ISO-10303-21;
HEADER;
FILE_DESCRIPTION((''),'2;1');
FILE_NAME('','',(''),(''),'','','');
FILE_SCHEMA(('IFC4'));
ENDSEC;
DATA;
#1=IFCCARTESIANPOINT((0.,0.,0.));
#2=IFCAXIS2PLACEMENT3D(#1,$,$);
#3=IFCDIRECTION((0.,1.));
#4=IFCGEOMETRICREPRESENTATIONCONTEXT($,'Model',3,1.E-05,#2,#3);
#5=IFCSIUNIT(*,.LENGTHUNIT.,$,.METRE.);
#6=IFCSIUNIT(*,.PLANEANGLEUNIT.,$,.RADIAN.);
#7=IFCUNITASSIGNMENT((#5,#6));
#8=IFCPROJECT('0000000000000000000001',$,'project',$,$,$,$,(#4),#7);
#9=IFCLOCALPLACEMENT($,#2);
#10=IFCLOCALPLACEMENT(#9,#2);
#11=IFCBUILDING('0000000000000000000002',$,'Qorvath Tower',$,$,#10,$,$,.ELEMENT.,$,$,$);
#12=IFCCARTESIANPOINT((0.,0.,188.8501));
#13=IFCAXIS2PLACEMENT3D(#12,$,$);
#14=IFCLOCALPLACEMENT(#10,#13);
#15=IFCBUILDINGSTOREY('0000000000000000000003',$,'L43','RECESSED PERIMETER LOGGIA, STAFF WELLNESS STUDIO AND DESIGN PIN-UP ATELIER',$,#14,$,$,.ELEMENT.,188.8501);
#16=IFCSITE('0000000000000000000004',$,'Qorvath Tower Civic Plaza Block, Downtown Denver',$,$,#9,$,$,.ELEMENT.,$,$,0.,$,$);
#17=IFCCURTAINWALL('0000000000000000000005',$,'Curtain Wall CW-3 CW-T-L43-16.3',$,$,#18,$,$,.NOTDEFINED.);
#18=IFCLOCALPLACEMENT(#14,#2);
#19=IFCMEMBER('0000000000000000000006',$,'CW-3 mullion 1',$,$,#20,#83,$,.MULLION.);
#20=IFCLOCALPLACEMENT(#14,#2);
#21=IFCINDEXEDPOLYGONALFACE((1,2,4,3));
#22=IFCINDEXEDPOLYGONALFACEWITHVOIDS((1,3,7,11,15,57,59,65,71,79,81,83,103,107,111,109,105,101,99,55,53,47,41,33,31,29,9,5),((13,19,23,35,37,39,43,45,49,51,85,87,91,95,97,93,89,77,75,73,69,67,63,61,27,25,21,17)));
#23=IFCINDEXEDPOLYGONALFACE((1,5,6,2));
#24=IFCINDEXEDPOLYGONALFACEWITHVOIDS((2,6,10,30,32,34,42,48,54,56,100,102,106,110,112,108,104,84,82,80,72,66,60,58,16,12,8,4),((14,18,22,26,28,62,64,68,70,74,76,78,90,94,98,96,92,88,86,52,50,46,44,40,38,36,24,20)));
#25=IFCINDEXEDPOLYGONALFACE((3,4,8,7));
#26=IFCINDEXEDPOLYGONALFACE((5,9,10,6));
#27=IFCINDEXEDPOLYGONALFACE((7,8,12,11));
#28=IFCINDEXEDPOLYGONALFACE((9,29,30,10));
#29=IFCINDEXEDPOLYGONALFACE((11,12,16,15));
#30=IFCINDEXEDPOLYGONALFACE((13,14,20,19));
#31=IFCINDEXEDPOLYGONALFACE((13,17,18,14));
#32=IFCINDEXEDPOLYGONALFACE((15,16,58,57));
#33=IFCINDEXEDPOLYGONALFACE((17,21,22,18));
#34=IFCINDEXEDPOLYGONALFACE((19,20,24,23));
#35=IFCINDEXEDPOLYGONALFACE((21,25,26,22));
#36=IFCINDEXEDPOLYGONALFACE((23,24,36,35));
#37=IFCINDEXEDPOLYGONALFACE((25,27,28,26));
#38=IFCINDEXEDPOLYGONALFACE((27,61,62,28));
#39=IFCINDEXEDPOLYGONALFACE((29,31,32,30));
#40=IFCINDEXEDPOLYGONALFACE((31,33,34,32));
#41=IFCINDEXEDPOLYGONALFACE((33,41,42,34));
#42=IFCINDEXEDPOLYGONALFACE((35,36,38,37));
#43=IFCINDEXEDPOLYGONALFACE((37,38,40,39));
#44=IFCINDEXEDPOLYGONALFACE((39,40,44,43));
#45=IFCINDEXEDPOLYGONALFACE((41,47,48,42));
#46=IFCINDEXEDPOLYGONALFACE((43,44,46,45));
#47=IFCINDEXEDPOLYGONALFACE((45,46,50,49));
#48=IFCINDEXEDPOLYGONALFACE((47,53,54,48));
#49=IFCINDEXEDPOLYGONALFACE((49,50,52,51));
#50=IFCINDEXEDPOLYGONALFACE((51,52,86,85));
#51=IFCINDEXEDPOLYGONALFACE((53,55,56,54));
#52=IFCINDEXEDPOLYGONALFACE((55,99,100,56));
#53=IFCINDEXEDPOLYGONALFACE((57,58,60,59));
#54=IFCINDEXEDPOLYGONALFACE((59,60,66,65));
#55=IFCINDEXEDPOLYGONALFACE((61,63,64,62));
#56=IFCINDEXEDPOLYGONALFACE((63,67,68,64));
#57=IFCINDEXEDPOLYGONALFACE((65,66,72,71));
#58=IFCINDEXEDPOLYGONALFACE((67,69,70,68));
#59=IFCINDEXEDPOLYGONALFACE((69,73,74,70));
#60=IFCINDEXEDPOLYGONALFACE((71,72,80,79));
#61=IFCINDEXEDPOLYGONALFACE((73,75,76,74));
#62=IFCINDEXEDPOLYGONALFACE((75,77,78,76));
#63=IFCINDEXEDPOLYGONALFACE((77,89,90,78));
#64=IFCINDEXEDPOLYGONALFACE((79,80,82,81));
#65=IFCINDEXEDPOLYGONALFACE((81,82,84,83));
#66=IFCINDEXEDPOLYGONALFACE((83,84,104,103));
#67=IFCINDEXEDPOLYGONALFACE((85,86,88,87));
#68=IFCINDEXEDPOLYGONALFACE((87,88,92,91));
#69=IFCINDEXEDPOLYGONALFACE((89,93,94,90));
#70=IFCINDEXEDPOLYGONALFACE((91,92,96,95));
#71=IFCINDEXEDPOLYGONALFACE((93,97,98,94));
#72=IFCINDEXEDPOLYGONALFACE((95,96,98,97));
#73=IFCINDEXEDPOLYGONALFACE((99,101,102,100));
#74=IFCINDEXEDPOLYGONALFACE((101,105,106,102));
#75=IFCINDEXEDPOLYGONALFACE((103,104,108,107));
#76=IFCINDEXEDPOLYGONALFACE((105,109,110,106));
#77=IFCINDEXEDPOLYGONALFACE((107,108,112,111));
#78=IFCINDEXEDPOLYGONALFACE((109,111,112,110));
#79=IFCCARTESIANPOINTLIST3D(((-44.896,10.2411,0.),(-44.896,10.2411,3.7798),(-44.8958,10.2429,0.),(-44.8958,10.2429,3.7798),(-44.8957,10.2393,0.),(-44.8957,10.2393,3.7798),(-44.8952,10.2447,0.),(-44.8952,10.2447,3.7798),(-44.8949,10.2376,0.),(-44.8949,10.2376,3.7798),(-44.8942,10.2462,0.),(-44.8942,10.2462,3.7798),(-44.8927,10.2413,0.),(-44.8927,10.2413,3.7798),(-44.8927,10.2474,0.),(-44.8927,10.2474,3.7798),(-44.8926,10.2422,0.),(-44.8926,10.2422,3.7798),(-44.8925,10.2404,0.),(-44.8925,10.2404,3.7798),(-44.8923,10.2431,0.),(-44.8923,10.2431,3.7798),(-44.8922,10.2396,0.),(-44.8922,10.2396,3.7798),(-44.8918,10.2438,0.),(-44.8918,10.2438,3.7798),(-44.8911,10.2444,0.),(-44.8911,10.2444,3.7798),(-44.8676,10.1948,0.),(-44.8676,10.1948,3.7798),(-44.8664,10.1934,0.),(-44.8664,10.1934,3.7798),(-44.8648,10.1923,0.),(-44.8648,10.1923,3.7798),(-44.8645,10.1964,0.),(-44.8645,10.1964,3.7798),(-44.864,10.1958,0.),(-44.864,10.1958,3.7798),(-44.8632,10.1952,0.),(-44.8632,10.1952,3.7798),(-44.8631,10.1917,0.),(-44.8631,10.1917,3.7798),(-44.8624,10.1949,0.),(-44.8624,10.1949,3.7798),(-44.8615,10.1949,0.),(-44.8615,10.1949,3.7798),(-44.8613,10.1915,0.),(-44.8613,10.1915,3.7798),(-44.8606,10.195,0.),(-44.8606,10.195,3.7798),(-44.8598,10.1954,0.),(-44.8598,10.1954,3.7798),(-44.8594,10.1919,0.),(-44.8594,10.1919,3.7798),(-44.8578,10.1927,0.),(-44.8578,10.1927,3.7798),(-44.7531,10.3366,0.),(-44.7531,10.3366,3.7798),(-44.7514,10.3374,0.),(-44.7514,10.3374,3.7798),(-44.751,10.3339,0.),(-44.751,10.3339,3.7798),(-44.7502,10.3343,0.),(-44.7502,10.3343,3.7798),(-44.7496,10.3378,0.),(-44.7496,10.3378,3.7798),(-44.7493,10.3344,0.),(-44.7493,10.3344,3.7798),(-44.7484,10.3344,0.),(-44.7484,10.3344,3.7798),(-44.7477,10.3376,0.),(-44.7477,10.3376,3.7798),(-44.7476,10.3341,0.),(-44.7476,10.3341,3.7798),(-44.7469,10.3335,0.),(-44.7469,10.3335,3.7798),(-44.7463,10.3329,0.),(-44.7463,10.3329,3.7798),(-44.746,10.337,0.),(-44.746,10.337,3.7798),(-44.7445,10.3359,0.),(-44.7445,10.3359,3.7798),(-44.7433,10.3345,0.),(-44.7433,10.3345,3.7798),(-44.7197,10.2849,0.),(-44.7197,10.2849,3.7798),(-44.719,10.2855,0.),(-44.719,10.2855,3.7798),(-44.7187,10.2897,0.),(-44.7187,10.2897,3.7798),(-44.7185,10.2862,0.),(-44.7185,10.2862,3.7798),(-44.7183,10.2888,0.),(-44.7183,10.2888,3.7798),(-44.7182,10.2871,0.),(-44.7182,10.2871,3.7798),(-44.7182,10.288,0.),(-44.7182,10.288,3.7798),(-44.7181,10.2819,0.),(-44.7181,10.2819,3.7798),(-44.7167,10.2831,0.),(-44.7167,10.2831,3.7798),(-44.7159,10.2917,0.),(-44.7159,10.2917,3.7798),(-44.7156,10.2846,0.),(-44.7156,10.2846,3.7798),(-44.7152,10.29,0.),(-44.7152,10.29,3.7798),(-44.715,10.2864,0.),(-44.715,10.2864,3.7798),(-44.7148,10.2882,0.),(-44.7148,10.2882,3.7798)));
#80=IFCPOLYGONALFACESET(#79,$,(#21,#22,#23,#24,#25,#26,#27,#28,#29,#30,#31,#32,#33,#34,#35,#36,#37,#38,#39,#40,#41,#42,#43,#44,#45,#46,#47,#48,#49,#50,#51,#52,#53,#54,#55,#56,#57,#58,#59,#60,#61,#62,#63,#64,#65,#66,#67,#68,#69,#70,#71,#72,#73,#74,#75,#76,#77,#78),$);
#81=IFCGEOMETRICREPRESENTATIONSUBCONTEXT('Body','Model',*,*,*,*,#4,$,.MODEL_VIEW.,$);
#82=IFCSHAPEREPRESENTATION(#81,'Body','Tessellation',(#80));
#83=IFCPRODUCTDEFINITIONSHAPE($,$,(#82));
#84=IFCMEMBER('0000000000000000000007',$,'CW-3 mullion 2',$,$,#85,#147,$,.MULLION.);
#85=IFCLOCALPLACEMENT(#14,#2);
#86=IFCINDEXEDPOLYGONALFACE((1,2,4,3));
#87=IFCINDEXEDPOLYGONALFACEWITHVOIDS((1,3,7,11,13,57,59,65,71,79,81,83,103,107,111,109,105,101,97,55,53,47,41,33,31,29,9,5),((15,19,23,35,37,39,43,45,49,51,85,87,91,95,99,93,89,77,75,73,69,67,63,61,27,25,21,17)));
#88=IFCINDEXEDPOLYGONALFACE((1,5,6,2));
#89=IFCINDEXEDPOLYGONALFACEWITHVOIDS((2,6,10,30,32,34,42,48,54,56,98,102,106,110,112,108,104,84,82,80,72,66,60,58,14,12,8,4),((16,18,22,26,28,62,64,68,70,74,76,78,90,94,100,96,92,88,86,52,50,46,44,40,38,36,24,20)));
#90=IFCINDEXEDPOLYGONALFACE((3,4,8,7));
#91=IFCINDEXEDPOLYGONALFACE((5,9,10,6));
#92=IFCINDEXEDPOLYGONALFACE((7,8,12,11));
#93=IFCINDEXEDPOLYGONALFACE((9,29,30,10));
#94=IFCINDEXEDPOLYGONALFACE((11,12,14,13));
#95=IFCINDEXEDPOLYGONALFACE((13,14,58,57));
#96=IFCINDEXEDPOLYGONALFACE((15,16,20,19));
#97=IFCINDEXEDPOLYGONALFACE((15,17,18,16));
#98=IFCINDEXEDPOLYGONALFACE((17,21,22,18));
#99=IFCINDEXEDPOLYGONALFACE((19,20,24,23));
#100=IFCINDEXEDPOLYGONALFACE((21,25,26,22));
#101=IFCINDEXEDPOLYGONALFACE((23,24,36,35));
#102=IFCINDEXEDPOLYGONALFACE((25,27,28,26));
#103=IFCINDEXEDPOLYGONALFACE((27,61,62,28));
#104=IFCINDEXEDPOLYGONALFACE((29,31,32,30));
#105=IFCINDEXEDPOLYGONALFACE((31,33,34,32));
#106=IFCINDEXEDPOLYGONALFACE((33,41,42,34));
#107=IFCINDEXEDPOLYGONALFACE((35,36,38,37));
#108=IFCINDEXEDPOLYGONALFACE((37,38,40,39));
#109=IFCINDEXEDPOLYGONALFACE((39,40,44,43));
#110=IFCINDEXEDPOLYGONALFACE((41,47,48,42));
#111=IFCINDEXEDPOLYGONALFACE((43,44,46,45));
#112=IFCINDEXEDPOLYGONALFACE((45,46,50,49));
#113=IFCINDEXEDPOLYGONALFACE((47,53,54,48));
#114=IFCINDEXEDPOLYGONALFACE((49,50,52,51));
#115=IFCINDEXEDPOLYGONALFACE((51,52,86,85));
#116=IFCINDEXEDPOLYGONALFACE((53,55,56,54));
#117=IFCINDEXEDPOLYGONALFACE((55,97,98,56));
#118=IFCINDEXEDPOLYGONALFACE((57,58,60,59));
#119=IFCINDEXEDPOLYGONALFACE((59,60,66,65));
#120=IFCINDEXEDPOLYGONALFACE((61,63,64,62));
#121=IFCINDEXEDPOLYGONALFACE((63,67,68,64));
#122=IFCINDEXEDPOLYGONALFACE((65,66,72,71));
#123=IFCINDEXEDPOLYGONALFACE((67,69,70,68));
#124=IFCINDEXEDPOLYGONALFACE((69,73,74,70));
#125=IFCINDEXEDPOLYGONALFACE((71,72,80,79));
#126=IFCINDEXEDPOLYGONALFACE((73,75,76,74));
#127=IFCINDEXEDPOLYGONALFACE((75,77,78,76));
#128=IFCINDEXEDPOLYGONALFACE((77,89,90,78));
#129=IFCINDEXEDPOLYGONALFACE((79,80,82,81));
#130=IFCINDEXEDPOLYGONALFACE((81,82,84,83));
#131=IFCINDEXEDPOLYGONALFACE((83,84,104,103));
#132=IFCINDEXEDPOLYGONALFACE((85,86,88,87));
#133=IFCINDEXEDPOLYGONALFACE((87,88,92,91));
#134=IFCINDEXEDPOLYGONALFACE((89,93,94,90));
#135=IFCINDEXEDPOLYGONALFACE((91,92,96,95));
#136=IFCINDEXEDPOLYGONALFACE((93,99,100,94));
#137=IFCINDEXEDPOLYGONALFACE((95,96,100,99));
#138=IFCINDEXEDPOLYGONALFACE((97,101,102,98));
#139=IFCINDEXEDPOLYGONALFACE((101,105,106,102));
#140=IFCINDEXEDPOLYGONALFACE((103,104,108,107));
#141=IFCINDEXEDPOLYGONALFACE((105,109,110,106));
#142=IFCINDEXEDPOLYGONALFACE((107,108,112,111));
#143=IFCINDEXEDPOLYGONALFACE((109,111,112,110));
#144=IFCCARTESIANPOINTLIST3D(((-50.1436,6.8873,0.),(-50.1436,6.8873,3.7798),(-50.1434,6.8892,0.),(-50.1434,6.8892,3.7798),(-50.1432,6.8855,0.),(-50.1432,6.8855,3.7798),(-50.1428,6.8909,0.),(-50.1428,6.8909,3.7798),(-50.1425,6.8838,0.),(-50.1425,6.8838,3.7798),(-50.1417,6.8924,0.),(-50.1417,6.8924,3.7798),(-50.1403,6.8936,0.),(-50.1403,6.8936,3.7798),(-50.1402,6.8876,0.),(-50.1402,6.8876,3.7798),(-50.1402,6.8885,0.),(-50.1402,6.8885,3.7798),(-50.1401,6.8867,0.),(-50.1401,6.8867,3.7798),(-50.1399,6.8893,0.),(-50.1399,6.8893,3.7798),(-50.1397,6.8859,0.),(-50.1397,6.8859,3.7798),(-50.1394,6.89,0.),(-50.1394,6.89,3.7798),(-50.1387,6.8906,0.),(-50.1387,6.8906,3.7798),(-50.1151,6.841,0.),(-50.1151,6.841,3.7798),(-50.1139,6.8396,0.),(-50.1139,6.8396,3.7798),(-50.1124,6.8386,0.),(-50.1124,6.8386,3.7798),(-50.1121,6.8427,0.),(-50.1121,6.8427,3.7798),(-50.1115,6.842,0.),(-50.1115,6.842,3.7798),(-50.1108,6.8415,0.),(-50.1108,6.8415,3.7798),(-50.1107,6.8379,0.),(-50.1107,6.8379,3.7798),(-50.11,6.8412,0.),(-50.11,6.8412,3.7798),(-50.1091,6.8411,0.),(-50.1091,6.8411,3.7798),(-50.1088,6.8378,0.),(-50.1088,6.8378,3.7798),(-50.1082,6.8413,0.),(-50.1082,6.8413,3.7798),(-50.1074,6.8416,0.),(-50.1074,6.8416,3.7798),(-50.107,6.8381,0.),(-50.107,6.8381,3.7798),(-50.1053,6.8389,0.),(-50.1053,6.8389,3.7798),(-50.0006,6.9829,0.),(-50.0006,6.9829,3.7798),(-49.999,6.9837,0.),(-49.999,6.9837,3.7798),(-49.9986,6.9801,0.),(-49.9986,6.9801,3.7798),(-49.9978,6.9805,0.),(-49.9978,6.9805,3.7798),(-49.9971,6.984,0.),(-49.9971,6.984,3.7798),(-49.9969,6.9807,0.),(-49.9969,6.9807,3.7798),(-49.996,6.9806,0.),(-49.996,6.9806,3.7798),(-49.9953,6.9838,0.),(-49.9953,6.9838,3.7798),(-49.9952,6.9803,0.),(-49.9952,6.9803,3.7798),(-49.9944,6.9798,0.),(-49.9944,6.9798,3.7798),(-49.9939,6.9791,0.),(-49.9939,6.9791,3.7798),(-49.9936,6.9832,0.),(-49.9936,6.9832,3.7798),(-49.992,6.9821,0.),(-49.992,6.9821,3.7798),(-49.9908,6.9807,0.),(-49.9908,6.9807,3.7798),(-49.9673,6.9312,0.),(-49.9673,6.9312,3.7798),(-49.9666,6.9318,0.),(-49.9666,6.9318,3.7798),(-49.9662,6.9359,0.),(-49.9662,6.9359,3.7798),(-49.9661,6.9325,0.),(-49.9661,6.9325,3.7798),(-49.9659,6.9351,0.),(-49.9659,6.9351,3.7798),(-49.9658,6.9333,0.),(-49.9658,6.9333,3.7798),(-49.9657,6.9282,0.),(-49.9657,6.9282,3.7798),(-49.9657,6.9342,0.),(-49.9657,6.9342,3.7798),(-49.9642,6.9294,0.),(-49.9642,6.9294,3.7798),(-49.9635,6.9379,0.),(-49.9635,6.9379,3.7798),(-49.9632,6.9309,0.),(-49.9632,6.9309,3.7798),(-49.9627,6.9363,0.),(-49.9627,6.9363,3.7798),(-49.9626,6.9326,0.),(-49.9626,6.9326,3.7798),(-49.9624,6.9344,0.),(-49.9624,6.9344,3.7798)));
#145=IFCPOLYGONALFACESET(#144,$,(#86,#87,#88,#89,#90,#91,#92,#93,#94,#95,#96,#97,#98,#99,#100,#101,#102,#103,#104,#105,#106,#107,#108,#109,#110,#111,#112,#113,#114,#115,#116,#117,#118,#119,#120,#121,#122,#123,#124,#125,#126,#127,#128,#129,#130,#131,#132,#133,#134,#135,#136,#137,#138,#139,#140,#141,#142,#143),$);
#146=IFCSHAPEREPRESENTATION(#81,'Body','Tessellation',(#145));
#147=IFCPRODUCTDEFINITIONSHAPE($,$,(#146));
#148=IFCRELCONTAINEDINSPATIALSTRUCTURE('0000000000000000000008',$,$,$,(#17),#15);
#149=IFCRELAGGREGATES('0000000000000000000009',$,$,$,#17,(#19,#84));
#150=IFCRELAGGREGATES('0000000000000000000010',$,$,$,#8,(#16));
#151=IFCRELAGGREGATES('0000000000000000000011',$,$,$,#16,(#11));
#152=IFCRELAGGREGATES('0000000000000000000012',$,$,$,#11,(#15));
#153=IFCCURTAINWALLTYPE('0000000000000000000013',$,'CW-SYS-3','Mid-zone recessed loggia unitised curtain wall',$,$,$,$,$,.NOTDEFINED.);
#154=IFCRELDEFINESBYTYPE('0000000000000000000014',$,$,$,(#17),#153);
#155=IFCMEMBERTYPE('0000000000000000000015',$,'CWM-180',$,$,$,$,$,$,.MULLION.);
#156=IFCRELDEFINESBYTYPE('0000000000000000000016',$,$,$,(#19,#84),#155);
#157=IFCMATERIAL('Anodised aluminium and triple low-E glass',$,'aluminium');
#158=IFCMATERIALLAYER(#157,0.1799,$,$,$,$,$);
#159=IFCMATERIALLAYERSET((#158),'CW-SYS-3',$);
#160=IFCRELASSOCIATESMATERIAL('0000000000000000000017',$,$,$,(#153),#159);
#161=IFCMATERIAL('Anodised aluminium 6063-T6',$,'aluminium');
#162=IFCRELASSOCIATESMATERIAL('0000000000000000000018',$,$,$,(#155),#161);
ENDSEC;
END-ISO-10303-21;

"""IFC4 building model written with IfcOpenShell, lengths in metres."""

from ifc_helpers import new_model, si_unit, direction, frame, origin, origin_2d, place, context, subcontext, project, spatial, hollow_rectangle, extrude, material, layer, layer_set, material_profile, profile_set, type_object, element, aggregate, save


model = new_model("IFC4")

# Units and contexts
model_context = context("Model", 3, precision=1e-05, world=origin(), true_north=direction((0.0, 1.0)))
body_context = subcontext(model_context, "Body", "Model", "MODEL_VIEW")
ifc_project = project(units=[si_unit("LENGTHUNIT", "METRE"), si_unit("PLANEANGLEUNIT", "RADIAN")], contexts=[model_context])

# Site, building, storey
site_placement = place(None, origin())
site = spatial("IfcSite", under=ifc_project, at=site_placement, Name="Qorvath Tower Civic Plaza Block, Downtown Denver", CompositionType="ELEMENT", RefElevation=0.0)
building_placement = place(site_placement, origin())
building = spatial("IfcBuilding", under=site, at=building_placement, Name="Qorvath Tower", CompositionType="ELEMENT")
storey_placement = place(building_placement, frame((0.0, 0.0, 188.8501)))
storey = spatial("IfcBuildingStorey", under=building, at=storey_placement, Name="L43", Description="RECESSED PERIMETER LOGGIA, STAFF WELLNESS STUDIO AND DESIGN PIN-UP ATELIER", CompositionType="ELEMENT", Elevation=188.8501)

# Curtain wall, members
ifc_material_1 = material(Name="Anodised aluminium and triple low-E glass", Category="aluminium")
ifc_layer_1 = layer(ifc_material_1, 0.1799)
ifc_layer_set_1 = layer_set([ifc_layer_1], Name="CW-SYS-3")
curtain_wall_type = type_object("IfcCurtainWallType", Name="CW-SYS-3", Description="Mid-zone recessed loggia unitised curtain wall", PredefinedType="NOTDEFINED", material=ifc_layer_set_1)
ifc_material_2 = material(Name="Anodised aluminium 6063-T6", Category="aluminium")
ifc_material_profile_1 = material_profile(ifc_material_2, hollow_rectangle(XDim=0.0649, YDim=0.1799, WallThickness=0.0034, InnerFilletRadius=0.0034, OuterFilletRadius=0.0071, at=origin_2d()), Name="CWM 180x65")
ifc_profile_set_1 = profile_set([ifc_material_profile_1], Name="Anodised aluminium 6063-T6")
member_type_1 = type_object("IfcMemberType", Name="CWM-180", PredefinedType="MULLION", material=ifc_profile_set_1)
curtain_wall_1_placement = place(storey_placement, origin())
curtain_wall_1 = element("IfcCurtainWall", 1, at=curtain_wall_1_placement, inside=storey, type_object=curtain_wall_type, Name="Curtain Wall CW-3 CW-T-L43-16.3", PredefinedType="NOTDEFINED")
member_1_placement = place(storey_placement, frame((-44.8054, 10.2646, 0.0), z_axis=(0.0, 0.0, 1.0), x_axis=(0.538528, -0.842607, 0.0)))
member_1 = element("IfcMember", 2, at=member_1_placement, type_object=member_type_1, Name="CW-3 mullion 1", PredefinedType="MULLION", context=body_context, shape_type="SweptSolid", body=[
    extrude(hollow_rectangle(XDim=0.0649, YDim=0.1799, WallThickness=0.0034, InnerFilletRadius=0.0034, OuterFilletRadius=0.0071, at=origin_2d()), origin(), (0.0, 0.0, 1.0), 3.7798),
])
member_2_placement = place(storey_placement, frame((-50.053, 6.9109, 0.0), z_axis=(0.0, 0.0, 1.0), x_axis=(0.538528, -0.842607, 0.0)))
member_2 = element("IfcMember", 3, at=member_2_placement, type_object=member_type_1, Name="CW-3 mullion 2", PredefinedType="MULLION", context=body_context, shape_type="SweptSolid", body=[
    extrude(hollow_rectangle(XDim=0.0649, YDim=0.1799, WallThickness=0.0034, InnerFilletRadius=0.0034, OuterFilletRadius=0.0071, at=origin_2d()), origin(), (0.0, 0.0, 1.0), 3.7798),
])

aggregate(curtain_wall_1, [member_1, member_2])

save(model, "model.ifc")
